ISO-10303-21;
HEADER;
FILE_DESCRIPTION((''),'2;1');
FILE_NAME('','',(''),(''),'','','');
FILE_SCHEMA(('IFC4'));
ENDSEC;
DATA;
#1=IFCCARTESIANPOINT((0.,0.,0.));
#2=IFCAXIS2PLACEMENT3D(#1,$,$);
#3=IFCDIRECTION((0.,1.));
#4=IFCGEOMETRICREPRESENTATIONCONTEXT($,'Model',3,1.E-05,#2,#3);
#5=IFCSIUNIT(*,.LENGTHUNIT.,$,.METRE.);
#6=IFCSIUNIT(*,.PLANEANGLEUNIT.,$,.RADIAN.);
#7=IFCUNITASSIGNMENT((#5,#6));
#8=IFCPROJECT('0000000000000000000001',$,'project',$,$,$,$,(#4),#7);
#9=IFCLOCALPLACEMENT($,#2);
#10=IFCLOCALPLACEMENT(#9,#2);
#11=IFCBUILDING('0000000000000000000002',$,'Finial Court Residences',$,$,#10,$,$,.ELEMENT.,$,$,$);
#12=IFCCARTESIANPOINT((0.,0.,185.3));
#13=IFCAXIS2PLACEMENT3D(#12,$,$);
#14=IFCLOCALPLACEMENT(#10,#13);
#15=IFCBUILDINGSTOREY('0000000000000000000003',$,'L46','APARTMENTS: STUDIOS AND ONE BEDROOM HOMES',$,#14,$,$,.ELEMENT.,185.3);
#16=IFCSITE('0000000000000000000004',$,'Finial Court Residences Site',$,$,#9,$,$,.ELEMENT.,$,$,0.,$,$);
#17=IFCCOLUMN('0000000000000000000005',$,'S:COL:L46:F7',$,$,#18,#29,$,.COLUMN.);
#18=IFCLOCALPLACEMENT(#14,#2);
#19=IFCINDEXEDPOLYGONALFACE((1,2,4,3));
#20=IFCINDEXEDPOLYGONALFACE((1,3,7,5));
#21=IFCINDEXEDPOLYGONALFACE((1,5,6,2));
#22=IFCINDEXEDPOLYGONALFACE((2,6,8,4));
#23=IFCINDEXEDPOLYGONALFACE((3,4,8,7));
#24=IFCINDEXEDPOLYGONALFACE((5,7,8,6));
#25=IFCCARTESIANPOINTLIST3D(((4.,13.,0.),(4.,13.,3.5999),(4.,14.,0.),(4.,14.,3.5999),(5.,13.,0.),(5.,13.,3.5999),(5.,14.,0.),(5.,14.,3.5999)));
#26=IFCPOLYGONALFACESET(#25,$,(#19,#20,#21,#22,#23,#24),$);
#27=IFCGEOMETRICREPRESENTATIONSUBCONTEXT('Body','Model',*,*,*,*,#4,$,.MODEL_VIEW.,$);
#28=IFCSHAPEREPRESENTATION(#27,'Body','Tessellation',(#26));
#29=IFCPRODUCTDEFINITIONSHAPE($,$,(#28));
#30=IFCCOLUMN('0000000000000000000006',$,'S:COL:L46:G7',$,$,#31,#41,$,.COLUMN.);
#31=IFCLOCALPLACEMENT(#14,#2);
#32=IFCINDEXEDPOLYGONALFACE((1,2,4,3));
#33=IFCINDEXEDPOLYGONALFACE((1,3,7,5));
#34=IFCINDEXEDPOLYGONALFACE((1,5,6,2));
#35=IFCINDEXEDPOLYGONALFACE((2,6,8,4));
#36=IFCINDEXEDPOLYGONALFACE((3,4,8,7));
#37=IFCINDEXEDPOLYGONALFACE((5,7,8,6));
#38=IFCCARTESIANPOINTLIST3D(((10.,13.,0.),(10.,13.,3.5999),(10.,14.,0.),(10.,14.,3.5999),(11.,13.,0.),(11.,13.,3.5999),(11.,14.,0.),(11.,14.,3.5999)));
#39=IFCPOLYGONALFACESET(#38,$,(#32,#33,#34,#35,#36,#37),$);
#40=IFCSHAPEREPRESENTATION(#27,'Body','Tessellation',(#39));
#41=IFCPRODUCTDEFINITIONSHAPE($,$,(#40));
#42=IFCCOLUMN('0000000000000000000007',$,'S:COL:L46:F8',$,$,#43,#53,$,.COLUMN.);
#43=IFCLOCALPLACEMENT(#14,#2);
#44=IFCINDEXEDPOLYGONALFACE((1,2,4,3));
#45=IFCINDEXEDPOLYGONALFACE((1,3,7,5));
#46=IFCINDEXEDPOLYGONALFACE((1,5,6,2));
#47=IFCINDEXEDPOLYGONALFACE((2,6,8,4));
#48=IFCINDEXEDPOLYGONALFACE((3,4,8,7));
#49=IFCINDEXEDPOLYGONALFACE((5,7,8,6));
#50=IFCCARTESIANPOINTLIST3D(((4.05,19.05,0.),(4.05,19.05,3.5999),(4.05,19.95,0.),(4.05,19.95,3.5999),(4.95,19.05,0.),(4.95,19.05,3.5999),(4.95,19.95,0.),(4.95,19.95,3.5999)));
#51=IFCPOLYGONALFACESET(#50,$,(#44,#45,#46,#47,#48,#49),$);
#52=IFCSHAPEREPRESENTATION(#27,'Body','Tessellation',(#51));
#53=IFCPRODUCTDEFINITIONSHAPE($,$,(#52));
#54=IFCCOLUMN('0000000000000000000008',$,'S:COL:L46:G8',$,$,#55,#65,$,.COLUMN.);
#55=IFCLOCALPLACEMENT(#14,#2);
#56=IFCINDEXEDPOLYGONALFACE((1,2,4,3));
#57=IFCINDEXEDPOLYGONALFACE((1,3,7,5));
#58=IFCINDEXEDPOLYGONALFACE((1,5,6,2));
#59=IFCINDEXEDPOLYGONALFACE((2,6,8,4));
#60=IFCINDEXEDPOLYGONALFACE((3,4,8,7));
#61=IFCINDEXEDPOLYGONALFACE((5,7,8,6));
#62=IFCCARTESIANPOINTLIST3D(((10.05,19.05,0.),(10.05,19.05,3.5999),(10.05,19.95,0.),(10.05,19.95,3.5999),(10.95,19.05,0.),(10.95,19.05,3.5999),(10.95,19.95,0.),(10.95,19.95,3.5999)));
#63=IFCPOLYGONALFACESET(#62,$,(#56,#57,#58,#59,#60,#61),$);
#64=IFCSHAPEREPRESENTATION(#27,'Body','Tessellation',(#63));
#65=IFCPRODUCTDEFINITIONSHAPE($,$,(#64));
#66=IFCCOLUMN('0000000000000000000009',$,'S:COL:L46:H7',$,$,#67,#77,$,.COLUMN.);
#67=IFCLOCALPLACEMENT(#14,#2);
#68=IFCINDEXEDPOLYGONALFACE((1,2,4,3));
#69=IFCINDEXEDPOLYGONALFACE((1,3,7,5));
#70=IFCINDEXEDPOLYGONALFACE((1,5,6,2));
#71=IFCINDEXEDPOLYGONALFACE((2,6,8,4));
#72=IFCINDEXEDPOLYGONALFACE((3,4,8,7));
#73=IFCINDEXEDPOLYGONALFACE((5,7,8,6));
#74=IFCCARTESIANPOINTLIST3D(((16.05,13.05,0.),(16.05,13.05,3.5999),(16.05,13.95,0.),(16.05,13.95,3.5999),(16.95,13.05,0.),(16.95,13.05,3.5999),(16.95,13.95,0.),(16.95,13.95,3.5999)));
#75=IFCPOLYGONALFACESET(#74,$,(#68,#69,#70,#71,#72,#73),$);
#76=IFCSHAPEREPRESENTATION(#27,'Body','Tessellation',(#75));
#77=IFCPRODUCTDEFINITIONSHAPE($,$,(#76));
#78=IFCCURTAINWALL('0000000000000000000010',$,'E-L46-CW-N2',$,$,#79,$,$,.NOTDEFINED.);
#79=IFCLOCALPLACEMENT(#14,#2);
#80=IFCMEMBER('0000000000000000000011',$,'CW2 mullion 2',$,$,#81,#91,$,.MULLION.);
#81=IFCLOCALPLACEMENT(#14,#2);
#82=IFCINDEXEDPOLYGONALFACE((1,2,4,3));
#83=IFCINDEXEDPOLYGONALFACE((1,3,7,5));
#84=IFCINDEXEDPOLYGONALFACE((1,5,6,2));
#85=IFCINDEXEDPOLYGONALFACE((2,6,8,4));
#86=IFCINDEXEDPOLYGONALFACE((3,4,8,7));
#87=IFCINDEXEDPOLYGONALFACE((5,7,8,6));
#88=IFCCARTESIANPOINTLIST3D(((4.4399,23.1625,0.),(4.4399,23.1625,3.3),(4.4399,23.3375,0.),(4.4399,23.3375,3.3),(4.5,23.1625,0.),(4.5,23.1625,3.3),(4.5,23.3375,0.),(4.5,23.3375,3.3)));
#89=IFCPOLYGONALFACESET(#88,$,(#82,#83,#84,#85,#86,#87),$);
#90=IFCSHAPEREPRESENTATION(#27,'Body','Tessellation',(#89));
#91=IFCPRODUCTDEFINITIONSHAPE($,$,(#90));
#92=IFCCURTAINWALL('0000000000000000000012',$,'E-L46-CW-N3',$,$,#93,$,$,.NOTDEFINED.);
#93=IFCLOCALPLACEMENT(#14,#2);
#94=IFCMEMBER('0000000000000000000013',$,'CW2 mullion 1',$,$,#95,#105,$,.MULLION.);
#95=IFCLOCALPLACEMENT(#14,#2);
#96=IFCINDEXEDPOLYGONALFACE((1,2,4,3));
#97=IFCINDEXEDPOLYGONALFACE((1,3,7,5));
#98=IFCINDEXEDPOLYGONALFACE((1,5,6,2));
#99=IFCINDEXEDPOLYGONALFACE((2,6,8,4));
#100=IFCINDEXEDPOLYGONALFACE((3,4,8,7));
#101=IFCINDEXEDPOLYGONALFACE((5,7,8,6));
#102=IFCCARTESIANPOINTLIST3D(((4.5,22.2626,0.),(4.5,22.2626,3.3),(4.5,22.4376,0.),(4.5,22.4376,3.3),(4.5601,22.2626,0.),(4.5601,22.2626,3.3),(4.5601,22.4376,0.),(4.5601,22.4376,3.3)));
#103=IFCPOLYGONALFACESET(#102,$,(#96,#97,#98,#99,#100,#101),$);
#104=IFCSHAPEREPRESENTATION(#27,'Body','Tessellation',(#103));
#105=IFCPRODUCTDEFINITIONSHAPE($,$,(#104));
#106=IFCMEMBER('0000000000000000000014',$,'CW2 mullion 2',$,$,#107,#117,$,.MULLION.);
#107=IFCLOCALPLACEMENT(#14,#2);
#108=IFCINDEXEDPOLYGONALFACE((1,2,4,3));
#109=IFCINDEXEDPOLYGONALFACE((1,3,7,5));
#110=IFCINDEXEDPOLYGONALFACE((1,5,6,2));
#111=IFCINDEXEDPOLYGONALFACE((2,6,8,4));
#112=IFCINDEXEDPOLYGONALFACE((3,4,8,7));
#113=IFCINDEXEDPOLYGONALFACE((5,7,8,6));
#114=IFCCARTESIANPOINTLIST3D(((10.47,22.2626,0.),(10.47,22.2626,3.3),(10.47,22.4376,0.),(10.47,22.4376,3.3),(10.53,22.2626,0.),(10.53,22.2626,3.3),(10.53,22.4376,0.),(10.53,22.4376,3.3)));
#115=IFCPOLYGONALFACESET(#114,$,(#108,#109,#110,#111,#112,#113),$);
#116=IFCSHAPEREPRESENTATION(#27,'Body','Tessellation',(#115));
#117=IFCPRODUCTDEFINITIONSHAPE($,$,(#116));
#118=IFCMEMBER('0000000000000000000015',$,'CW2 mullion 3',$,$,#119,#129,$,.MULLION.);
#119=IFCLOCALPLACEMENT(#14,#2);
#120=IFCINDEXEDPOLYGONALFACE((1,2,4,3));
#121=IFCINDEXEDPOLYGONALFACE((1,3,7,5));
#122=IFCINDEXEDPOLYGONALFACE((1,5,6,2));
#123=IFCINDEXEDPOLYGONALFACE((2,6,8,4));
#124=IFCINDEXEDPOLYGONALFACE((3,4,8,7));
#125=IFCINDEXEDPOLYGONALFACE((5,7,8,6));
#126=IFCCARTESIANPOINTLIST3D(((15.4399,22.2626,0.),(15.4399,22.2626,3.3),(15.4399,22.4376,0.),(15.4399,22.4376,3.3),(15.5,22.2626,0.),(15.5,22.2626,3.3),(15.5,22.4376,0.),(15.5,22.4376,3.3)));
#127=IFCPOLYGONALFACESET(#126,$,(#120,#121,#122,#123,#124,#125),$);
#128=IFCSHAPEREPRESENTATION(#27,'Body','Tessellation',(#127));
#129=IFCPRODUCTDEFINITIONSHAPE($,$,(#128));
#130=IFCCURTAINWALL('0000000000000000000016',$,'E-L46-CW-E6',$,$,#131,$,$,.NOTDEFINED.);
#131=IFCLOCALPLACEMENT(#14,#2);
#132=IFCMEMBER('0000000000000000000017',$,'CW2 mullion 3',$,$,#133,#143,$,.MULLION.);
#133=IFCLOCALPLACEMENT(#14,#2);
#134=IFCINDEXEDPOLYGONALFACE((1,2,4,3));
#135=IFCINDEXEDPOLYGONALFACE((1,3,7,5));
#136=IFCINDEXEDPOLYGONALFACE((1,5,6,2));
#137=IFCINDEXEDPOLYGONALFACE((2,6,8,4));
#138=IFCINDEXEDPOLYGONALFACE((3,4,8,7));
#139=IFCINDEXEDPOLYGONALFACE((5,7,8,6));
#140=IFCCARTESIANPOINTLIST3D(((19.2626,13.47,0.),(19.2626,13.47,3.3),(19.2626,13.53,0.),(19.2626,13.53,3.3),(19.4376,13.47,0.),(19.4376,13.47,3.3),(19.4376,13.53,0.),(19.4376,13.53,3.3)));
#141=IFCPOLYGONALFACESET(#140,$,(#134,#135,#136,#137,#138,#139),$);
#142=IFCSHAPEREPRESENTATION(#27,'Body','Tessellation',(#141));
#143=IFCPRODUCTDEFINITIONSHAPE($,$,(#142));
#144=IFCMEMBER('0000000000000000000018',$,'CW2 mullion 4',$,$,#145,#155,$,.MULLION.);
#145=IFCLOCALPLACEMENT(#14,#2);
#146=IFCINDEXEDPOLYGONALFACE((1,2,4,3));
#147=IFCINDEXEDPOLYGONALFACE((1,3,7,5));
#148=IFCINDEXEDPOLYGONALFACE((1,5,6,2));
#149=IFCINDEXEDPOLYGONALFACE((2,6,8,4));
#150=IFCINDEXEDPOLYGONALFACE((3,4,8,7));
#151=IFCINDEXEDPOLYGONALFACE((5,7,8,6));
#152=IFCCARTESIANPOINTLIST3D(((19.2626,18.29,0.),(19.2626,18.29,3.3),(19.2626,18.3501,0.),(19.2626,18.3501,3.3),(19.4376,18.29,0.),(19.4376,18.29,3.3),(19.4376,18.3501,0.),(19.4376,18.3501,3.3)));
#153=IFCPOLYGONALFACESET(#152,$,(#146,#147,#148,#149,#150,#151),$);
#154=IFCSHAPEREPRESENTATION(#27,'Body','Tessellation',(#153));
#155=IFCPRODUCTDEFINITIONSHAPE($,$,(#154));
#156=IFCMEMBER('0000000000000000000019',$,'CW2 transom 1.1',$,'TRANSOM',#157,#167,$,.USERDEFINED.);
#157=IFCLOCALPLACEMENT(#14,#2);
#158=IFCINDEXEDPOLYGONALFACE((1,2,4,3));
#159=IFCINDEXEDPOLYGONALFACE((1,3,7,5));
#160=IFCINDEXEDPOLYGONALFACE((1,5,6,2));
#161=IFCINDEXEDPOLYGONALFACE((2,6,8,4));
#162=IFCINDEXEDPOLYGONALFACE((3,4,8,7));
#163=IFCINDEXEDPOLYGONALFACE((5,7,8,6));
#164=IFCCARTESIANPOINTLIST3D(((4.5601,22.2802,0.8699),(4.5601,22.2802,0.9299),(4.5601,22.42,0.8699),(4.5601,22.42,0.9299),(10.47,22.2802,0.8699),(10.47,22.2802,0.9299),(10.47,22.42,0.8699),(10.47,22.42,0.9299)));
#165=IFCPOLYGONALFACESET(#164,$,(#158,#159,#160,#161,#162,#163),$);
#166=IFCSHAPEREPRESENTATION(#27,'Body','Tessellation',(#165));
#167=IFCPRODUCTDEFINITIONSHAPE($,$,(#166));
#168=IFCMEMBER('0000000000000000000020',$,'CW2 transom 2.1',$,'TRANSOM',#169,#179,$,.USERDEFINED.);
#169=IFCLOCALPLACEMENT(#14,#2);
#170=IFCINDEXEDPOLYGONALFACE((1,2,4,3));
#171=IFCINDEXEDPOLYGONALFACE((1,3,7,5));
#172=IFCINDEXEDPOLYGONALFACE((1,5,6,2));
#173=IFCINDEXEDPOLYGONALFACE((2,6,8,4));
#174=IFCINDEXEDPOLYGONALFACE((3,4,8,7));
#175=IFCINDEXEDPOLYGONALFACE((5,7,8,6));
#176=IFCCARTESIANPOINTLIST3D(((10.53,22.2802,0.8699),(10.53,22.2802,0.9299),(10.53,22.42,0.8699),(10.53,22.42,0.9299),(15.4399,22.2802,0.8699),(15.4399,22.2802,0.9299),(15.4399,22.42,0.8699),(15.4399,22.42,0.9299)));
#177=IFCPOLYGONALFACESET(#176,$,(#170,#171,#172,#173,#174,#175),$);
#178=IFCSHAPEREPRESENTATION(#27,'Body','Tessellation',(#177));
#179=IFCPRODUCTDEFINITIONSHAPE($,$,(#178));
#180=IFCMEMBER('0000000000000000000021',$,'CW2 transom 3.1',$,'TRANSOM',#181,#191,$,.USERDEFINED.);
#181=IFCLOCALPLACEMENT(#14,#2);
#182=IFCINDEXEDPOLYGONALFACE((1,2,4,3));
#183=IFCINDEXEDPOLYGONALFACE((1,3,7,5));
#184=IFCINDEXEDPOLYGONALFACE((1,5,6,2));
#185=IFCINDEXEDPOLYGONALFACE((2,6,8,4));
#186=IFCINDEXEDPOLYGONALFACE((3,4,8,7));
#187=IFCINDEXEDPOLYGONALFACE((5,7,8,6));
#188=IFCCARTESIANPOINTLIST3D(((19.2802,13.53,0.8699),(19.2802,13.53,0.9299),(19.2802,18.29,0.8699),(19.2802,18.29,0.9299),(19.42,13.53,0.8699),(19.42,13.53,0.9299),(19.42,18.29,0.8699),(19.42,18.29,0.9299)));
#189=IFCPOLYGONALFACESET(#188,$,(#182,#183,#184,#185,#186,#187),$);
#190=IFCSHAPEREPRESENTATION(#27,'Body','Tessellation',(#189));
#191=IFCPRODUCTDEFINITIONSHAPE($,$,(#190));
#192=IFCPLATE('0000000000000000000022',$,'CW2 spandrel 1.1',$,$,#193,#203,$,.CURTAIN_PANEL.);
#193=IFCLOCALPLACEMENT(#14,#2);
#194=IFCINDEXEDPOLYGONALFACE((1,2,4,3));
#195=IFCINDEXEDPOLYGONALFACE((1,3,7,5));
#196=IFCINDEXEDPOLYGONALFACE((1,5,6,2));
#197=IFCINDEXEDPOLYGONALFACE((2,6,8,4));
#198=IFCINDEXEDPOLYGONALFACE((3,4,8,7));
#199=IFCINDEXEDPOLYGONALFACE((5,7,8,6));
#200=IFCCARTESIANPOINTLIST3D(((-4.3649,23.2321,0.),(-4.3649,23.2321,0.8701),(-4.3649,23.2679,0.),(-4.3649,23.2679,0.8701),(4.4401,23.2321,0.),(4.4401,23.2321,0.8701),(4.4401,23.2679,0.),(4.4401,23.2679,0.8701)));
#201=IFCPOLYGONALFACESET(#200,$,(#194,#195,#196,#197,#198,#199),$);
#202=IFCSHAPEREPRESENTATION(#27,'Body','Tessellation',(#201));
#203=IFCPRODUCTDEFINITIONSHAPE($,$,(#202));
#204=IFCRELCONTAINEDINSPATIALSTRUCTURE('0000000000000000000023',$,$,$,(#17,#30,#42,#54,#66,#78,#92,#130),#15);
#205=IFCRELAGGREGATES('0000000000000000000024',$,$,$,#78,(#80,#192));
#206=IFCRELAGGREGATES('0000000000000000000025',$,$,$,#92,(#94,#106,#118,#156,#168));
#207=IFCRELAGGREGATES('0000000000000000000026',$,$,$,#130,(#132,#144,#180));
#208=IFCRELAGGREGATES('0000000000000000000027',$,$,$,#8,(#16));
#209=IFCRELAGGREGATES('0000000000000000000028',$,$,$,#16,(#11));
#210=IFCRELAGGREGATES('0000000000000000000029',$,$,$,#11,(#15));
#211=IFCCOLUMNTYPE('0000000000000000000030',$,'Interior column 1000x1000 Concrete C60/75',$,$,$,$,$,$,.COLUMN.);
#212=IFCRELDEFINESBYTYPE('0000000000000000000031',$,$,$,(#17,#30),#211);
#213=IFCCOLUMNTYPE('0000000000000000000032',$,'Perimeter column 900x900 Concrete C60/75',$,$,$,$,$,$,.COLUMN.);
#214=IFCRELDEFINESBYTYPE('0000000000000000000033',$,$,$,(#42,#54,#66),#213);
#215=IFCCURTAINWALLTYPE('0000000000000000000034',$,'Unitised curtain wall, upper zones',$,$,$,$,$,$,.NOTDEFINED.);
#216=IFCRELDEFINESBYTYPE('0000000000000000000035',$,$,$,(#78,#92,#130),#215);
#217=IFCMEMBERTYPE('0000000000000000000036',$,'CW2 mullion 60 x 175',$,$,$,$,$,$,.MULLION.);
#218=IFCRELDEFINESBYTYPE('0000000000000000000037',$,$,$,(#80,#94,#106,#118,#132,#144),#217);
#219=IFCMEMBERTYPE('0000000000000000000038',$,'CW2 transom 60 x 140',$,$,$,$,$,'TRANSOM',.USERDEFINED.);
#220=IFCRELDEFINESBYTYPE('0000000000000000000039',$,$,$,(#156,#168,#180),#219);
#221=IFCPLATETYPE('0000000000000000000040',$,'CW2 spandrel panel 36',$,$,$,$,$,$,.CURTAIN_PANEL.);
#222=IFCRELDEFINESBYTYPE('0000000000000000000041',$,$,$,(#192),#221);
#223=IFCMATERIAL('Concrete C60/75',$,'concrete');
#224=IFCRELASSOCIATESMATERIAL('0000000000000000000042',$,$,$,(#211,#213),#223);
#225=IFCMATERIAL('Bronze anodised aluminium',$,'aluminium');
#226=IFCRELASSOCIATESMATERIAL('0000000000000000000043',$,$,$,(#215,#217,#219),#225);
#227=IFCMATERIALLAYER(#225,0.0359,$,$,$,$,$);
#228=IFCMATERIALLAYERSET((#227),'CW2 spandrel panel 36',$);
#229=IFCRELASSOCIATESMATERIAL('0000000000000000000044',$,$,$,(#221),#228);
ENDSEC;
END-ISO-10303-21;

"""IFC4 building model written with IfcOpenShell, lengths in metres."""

from ifc_helpers import new_model, si_unit, direction, frame, origin, origin_2d, place, context, subcontext, project, spatial, rectangle, extrude, material, layer, layer_set, material_profile, profile_set, type_object, element, aggregate, save


model = new_model("IFC4")

# Units and contexts
model_context = context("Model", 3, precision=1e-05, world=origin(), true_north=direction((0.0, 1.0)))
body_context = subcontext(model_context, "Body", "Model", "MODEL_VIEW")
ifc_project = project(units=[si_unit("LENGTHUNIT", "METRE"), si_unit("PLANEANGLEUNIT", "RADIAN")], contexts=[model_context])

# Site, building, storey
site_placement = place(None, origin())
site = spatial("IfcSite", under=ifc_project, at=site_placement, Name="Finial Court Residences Site", CompositionType="ELEMENT", RefElevation=0.0)
building_placement = place(site_placement, origin())
building = spatial("IfcBuilding", under=site, at=building_placement, Name="Finial Court Residences", CompositionType="ELEMENT")
storey_placement = place(building_placement, frame((0.0, 0.0, 185.3)))
storey = spatial("IfcBuildingStorey", under=building, at=storey_placement, Name="L46", Description="APARTMENTS: STUDIOS AND ONE BEDROOM HOMES", CompositionType="ELEMENT", Elevation=185.3)

# Columns
ifc_material_1 = material(Name="Concrete C60/75", Category="concrete")
ifc_material_profile_1 = material_profile(ifc_material_1, rectangle(XDim=1.0, YDim=1.0, at=origin_2d()), Name="1000x1000")
ifc_profile_set_1 = profile_set([ifc_material_profile_1], Name="Concrete C60/75")
column_type_1 = type_object("IfcColumnType", Name="Interior column 1000x1000 Concrete C60/75", PredefinedType="COLUMN", material=ifc_profile_set_1)
for number, where, z_axis, x_axis, name in (
    (1, (4.5, 13.5, 0.0), (0.0, 0.0, 1.0), (1.0, 0.0, 0.0), "S:COL:L46:F7"),
    (2, (10.5, 13.5, 0.0), (0.0, 0.0, 1.0), (1.0, 0.0, 0.0), "S:COL:L46:G7"),
):
    element("IfcColumn", number, at=place(storey_placement, frame(where, z_axis=z_axis, x_axis=x_axis)), inside=storey, type_object=column_type_1, Name=name, PredefinedType="COLUMN", context=body_context, shape_type="SweptSolid", body=[
        extrude(rectangle(XDim=1.0, YDim=1.0, at=origin_2d()), origin(), (0.0, 0.0, 1.0), 3.5999),
    ])
ifc_material_profile_2 = material_profile(ifc_material_1, rectangle(XDim=0.8999, YDim=0.8999, at=origin_2d()), Name="900x900")
ifc_profile_set_2 = profile_set([ifc_material_profile_2], Name="Concrete C60/75")
column_type_2 = type_object("IfcColumnType", Name="Perimeter column 900x900 Concrete C60/75", PredefinedType="COLUMN", material=ifc_profile_set_2)
for number, where, z_axis, x_axis, name in (
    (3, (4.5, 19.5, 0.0), (0.0, 0.0, 1.0), (1.0, 0.0, 0.0), "S:COL:L46:F8"),
    (4, (10.5, 19.5, 0.0), (0.0, 0.0, 1.0), (1.0, 0.0, 0.0), "S:COL:L46:G8"),
    (5, (16.5, 13.5, 0.0), (0.0, 0.0, 1.0), (1.0, 0.0, 0.0), "S:COL:L46:H7"),
):
    element("IfcColumn", number, at=place(storey_placement, frame(where, z_axis=z_axis, x_axis=x_axis)), inside=storey, type_object=column_type_2, Name=name, PredefinedType="COLUMN", context=body_context, shape_type="SweptSolid", body=[
        extrude(rectangle(XDim=0.8999, YDim=0.8999, at=origin_2d()), origin(), (0.0, 0.0, 1.0), 3.5999),
    ])

# Curtain wall, member
ifc_material_2 = material(Name="Bronze anodised aluminium", Category="aluminium")
curtain_wall_type = type_object("IfcCurtainWallType", Name="Unitised curtain wall, upper zones", PredefinedType="NOTDEFINED", material=ifc_material_2)
curtain_wall_1_placement = place(storey_placement, origin())
curtain_wall_1 = element("IfcCurtainWall", 6, at=curtain_wall_1_placement, inside=storey, type_object=curtain_wall_type, Name="E-L46-CW-N2", PredefinedType="NOTDEFINED")
ifc_material_profile_3 = material_profile(ifc_material_2, rectangle(XDim=0.175, YDim=0.0601, at=origin_2d()), Name="CW2 mullion 60 x 175")
ifc_profile_set_3 = profile_set([ifc_material_profile_3], Name="Bronze anodised aluminium")
member_type_1 = type_object("IfcMemberType", Name="CW2 mullion 60 x 175", PredefinedType="MULLION", material=ifc_profile_set_3)
member_1_placement = place(storey_placement, frame((4.47, 23.25, 0.0), z_axis=(0.0, 0.0, 1.0), x_axis=(0.0, 1.0, 0.0)))
member_1 = element("IfcMember", 7, at=member_1_placement, type_object=member_type_1, Name="CW2 mullion 2", PredefinedType="MULLION", context=body_context, shape_type="SweptSolid", body=[
    extrude(rectangle(XDim=0.175, YDim=0.0601, at=origin_2d()), origin(), (0.0, 0.0, 1.0), 3.3),
])

# Curtain walls, members
curtain_wall_2_placement = place(storey_placement, origin())
curtain_wall_2 = element("IfcCurtainWall", 8, at=curtain_wall_2_placement, inside=storey, type_object=curtain_wall_type, Name="E-L46-CW-N3", PredefinedType="NOTDEFINED")
member_2_placement = place(storey_placement, frame((4.53, 22.3501, 0.0), z_axis=(0.0, 0.0, 1.0), x_axis=(0.0, 1.0, 0.0)))
member_2 = element("IfcMember", 9, at=member_2_placement, type_object=member_type_1, Name="CW2 mullion 1", PredefinedType="MULLION", context=body_context, shape_type="SweptSolid", body=[
    extrude(rectangle(XDim=0.175, YDim=0.0601, at=origin_2d()), origin(), (0.0, 0.0, 1.0), 3.3),
])
member_3_placement = place(storey_placement, frame((10.5, 22.3501, 0.0), z_axis=(0.0, 0.0, 1.0), x_axis=(0.0, 1.0, 0.0)))
member_3 = element("IfcMember", 10, at=member_3_placement, type_object=member_type_1, Name="CW2 mullion 2", PredefinedType="MULLION", context=body_context, shape_type="SweptSolid", body=[
    extrude(rectangle(XDim=0.175, YDim=0.0601, at=origin_2d()), origin(), (0.0, 0.0, 1.0), 3.3),
])
member_4_placement = place(storey_placement, frame((15.47, 22.3501, 0.0), z_axis=(0.0, 0.0, 1.0), x_axis=(0.0, 1.0, 0.0)))
member_4 = element("IfcMember", 11, at=member_4_placement, type_object=member_type_1, Name="CW2 mullion 3", PredefinedType="MULLION", context=body_context, shape_type="SweptSolid", body=[
    extrude(rectangle(XDim=0.175, YDim=0.0601, at=origin_2d()), origin(), (0.0, 0.0, 1.0), 3.3),
])
curtain_wall_3_placement = place(storey_placement, origin())
curtain_wall_3 = element("IfcCurtainWall", 12, at=curtain_wall_3_placement, inside=storey, type_object=curtain_wall_type, Name="E-L46-CW-E6", PredefinedType="NOTDEFINED")
member_5_placement = place(storey_placement, frame((19.3501, 13.5, 0.0), z_axis=(0.0, 0.0, 1.0), x_axis=(-1.0, 0.0, 0.0)))
member_5 = element("IfcMember", 13, at=member_5_placement, type_object=member_type_1, Name="CW2 mullion 3", PredefinedType="MULLION", context=body_context, shape_type="SweptSolid", body=[
    extrude(rectangle(XDim=0.175, YDim=0.0601, at=origin_2d()), origin(), (0.0, 0.0, 1.0), 3.3),
])
member_6_placement = place(storey_placement, frame((19.3501, 18.3201, 0.0), z_axis=(0.0, 0.0, 1.0), x_axis=(-1.0, 0.0, 0.0)))
member_6 = element("IfcMember", 14, at=member_6_placement, type_object=member_type_1, Name="CW2 mullion 4", PredefinedType="MULLION", context=body_context, shape_type="SweptSolid", body=[
    extrude(rectangle(XDim=0.175, YDim=0.0601, at=origin_2d()), origin(), (0.0, 0.0, 1.0), 3.3),
])

# Members
ifc_material_profile_4 = material_profile(ifc_material_2, rectangle(XDim=0.1399, YDim=0.0601, at=origin_2d()), Name="CW2 transom 60 x 140")
ifc_profile_set_4 = profile_set([ifc_material_profile_4], Name="Bronze anodised aluminium")
member_type_2 = type_object("IfcMemberType", Name="CW2 transom 60 x 140", ElementType="TRANSOM", PredefinedType="USERDEFINED", material=ifc_profile_set_4)
member_7_placement = place(storey_placement, frame((4.5601, 22.3501, 0.8999), z_axis=(1.0, 0.0, 0.0), x_axis=(0.0, 1.0, 0.0)))
member_7 = element("IfcMember", 15, at=member_7_placement, type_object=member_type_2, Name="CW2 transom 1.1", ObjectType="TRANSOM", PredefinedType="USERDEFINED", context=body_context, shape_type="SweptSolid", body=[
    extrude(rectangle(XDim=0.1399, YDim=0.0601, at=origin_2d()), origin(), (0.0, 0.0, 1.0), 5.9099),
])
member_8_placement = place(storey_placement, frame((10.53, 22.3501, 0.8999), z_axis=(1.0, 0.0, 0.0), x_axis=(0.0, 1.0, 0.0)))
member_8 = element("IfcMember", 16, at=member_8_placement, type_object=member_type_2, Name="CW2 transom 2.1", ObjectType="TRANSOM", PredefinedType="USERDEFINED", context=body_context, shape_type="SweptSolid", body=[
    extrude(rectangle(XDim=0.1399, YDim=0.0601, at=origin_2d()), origin(), (0.0, 0.0, 1.0), 4.9099),
])
member_9_placement = place(storey_placement, frame((19.3501, 13.53, 0.8999), z_axis=(0.0, 1.0, 0.0), x_axis=(-1.0, 0.0, 0.0)))
member_9 = element("IfcMember", 17, at=member_9_placement, type_object=member_type_2, Name="CW2 transom 3.1", ObjectType="TRANSOM", PredefinedType="USERDEFINED", context=body_context, shape_type="SweptSolid", body=[
    extrude(rectangle(XDim=0.1399, YDim=0.0601, at=origin_2d()), origin(), (0.0, 0.0, 1.0), 4.76),
])

# Plate
ifc_layer_1 = layer(ifc_material_2, 0.0359)
ifc_layer_set_1 = layer_set([ifc_layer_1], Name="CW2 spandrel panel 36")
plate_type_1 = type_object("IfcPlateType", Name="CW2 spandrel panel 36", PredefinedType="CURTAIN_PANEL", material=ifc_layer_set_1)
plate_1_placement = place(storey_placement, frame((0.0376, 23.25, 0.0), z_axis=(0.0, 0.0, 1.0), x_axis=(1.0, 0.0, 0.0)))
plate_1 = element("IfcPlate", 18, at=plate_1_placement, type_object=plate_type_1, Name="CW2 spandrel 1.1", PredefinedType="CURTAIN_PANEL", context=body_context, shape_type="SweptSolid", body=[
    extrude(rectangle(XDim=8.8049, YDim=0.0359, at=origin_2d()), origin(), (0.0, 0.0, 1.0), 0.8701),
])
aggregate(curtain_wall_1, [member_1, plate_1])
aggregate(curtain_wall_2, [member_2, member_3, member_4, member_7, member_8])
aggregate(curtain_wall_3, [member_5, member_6, member_9])

save(model, "model.ifc")
